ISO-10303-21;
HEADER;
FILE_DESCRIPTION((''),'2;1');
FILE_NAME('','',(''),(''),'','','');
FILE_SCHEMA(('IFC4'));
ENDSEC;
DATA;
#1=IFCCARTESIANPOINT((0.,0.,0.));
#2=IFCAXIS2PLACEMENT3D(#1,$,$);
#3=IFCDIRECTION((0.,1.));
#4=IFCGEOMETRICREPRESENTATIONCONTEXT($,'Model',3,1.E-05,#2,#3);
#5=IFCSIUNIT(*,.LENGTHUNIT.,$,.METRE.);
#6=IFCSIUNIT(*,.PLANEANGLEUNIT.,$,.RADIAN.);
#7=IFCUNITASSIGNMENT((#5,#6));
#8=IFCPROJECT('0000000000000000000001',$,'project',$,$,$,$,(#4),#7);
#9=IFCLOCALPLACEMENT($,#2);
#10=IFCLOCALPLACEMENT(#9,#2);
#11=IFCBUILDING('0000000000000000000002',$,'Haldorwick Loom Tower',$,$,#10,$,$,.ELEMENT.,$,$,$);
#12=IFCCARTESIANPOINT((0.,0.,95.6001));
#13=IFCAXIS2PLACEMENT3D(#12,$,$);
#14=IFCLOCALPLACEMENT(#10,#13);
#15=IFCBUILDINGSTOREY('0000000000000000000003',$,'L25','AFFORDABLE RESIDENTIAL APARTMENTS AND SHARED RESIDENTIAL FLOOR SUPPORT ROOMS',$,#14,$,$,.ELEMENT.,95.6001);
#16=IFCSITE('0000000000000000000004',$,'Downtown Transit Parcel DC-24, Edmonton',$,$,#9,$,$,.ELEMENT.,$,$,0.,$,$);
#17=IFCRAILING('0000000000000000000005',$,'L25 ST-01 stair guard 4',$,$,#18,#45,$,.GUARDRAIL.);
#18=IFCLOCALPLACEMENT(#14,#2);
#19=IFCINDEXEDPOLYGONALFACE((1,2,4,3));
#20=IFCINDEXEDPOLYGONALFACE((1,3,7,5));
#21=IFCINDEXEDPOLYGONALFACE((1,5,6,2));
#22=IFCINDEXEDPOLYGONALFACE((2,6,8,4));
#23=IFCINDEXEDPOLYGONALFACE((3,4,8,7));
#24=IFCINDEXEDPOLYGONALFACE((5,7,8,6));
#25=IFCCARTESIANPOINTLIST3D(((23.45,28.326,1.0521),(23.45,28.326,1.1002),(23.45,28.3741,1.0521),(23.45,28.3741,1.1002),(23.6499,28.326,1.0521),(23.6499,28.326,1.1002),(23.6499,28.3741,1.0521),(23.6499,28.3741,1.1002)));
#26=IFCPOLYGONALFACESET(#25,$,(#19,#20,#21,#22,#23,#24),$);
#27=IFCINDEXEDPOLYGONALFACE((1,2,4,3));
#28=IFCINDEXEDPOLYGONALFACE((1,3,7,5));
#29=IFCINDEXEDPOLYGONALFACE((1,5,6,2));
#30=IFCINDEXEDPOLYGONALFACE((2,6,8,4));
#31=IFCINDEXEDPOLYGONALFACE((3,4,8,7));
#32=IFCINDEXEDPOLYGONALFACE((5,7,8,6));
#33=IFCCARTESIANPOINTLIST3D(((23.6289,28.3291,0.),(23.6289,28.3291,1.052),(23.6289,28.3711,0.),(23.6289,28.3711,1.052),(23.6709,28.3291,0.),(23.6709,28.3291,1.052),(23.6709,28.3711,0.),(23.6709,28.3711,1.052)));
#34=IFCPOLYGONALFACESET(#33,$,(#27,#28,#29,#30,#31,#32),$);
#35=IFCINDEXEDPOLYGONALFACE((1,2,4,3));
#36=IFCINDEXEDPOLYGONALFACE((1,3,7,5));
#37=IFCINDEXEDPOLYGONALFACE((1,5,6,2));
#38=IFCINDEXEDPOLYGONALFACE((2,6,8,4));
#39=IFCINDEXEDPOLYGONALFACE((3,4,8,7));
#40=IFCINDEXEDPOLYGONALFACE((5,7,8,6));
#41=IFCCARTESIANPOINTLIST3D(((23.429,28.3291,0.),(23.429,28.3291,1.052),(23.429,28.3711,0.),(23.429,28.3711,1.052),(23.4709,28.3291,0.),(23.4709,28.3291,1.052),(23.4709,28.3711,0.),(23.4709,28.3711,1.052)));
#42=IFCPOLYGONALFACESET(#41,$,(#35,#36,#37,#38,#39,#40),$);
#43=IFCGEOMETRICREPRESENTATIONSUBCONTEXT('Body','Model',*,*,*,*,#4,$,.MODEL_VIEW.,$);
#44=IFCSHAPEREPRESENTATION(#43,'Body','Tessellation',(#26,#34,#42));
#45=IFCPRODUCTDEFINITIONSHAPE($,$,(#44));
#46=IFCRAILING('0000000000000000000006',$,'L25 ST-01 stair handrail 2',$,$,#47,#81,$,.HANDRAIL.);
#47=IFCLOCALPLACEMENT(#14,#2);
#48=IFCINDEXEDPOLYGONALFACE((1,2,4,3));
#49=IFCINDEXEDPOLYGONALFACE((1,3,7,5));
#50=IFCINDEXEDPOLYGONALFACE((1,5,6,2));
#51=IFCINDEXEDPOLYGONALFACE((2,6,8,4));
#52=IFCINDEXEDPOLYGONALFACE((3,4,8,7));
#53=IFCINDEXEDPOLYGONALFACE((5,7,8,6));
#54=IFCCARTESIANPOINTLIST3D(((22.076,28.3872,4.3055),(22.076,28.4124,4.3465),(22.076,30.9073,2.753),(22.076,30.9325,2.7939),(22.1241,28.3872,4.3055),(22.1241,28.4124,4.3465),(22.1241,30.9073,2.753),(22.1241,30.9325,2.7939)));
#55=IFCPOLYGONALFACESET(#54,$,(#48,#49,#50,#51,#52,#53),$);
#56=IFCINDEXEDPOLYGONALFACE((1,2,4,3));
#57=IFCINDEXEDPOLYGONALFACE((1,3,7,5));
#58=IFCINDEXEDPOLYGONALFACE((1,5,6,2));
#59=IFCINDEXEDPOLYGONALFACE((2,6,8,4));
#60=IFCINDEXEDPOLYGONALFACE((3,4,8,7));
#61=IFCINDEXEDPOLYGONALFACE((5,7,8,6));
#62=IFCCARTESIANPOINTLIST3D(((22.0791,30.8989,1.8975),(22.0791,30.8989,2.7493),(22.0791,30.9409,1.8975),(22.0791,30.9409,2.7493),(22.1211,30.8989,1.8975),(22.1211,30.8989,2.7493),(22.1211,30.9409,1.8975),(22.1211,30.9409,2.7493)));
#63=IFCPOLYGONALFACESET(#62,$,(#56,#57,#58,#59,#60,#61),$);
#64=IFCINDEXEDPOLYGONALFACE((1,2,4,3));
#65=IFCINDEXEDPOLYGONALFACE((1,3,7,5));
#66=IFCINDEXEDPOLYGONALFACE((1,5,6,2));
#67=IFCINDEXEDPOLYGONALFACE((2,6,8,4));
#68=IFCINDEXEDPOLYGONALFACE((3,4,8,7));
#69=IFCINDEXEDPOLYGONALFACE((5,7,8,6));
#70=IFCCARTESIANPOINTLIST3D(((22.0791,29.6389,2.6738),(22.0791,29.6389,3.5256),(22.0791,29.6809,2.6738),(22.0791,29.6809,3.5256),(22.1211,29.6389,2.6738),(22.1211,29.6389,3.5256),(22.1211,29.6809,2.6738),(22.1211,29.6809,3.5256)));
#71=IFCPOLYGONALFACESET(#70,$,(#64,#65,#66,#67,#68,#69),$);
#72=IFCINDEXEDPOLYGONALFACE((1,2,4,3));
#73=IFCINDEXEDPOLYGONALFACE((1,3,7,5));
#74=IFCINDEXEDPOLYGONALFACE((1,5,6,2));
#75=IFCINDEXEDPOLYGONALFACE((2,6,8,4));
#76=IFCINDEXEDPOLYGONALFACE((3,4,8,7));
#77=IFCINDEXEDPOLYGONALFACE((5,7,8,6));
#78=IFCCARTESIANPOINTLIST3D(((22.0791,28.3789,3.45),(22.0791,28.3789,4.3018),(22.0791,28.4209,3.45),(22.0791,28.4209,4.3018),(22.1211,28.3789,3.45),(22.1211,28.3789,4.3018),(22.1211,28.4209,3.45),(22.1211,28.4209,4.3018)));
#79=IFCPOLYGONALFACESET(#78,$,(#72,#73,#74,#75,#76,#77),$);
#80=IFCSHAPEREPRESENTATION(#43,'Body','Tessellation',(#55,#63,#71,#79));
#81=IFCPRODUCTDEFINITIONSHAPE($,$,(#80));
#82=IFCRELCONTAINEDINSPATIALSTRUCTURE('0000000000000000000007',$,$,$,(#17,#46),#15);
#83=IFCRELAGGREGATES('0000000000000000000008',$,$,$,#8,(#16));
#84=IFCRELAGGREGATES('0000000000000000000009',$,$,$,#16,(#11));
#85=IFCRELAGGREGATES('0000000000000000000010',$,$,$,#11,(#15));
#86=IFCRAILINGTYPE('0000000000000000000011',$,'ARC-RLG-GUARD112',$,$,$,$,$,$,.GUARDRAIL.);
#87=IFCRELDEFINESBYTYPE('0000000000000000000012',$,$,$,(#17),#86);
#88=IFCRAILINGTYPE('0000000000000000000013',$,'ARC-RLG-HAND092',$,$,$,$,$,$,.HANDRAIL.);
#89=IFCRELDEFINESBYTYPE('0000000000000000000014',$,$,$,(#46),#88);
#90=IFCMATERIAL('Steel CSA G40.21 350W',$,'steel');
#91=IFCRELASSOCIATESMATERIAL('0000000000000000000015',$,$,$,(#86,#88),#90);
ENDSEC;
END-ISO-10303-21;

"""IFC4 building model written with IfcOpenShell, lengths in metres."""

from ifc_helpers import new_model, si_unit, direction, frame, origin, origin_2d, place, context, subcontext, project, spatial, rectangle, extrude, material, type_object, element, save


model = new_model("IFC4")

# Units and contexts
model_context = context("Model", 3, precision=1e-05, world=origin(), true_north=direction((0.0, 1.0)))
body_context = subcontext(model_context, "Body", "Model", "MODEL_VIEW")
ifc_project = project(units=[si_unit("LENGTHUNIT", "METRE"), si_unit("PLANEANGLEUNIT", "RADIAN")], contexts=[model_context])

# Site, building, storey
site_placement = place(None, origin())
site = spatial("IfcSite", under=ifc_project, at=site_placement, Name="Downtown Transit Parcel DC-24, Edmonton", CompositionType="ELEMENT", RefElevation=0.0)
building_placement = place(site_placement, origin())
building = spatial("IfcBuilding", under=site, at=building_placement, Name="Haldorwick Loom Tower", CompositionType="ELEMENT")
storey_placement = place(building_placement, frame((0.0, 0.0, 95.6001)))
storey = spatial("IfcBuildingStorey", under=building, at=storey_placement, Name="L25", Description="AFFORDABLE RESIDENTIAL APARTMENTS AND SHARED RESIDENTIAL FLOOR SUPPORT ROOMS", CompositionType="ELEMENT", Elevation=95.6001)

# Shared definitions
ifc_material_1 = material(Name="Steel CSA G40.21 350W", Category="steel")

# Railings
railing_type_1 = type_object("IfcRailingType", Name="ARC-RLG-GUARD112", PredefinedType="GUARDRAIL", material=ifc_material_1)
railing_1_placement = place(storey_placement, frame((23.6499, 28.3501, 0.0)))
element("IfcRailing", 1, at=railing_1_placement, inside=storey, type_object=railing_type_1, Name="L25 ST-01 stair guard 4", PredefinedType="GUARDRAIL", context=body_context, shape_type="SweptSolid", body=[
    extrude(rectangle(XDim=0.0481, YDim=0.0481, at=origin_2d()), frame((0.0, 0.0, 1.0762), z_axis=(-1.0, 0.0, 0.0), x_axis=(0.0, -1.0, 0.0)), (0.0, 0.0, 1.0), 0.2),
    extrude(rectangle(XDim=0.042, YDim=0.042, at=origin_2d()), origin(), (0.0, 0.0, 1.0), 1.052),
    extrude(rectangle(XDim=0.042, YDim=0.042, at=origin_2d()), frame((-0.2, 0.0, 0.0)), (0.0, 0.0, 1.0), 1.052),
])
railing_type_2 = type_object("IfcRailingType", Name="ARC-RLG-HAND092", PredefinedType="HANDRAIL", material=ifc_material_1)
railing_2_placement = place(storey_placement, frame((22.1001, 30.9199, 1.8975)))
element("IfcRailing", 2, at=railing_2_placement, inside=storey, type_object=railing_type_2, Name="L25 ST-01 stair handrail 2", PredefinedType="HANDRAIL", context=body_context, shape_type="SweptSolid", body=[
    extrude(rectangle(XDim=0.0481, YDim=0.0481, at=origin_2d()), frame((0.0, 0.0, 0.876), z_axis=(0.0, -0.8514, 0.524516), x_axis=(1.0, 0.0, 0.0)), (0.0, 0.0, 1.0), 2.96),
    extrude(rectangle(XDim=0.042, YDim=0.042, at=origin_2d()), origin(), (0.0, 0.0, 1.0), 0.8518),
    extrude(rectangle(XDim=0.042, YDim=0.042, at=origin_2d()), frame((0.0, -1.26, 0.7764)), (0.0, 0.0, 1.0), 0.8518),
    extrude(rectangle(XDim=0.042, YDim=0.042, at=origin_2d()), frame((0.0, -2.52, 1.5525)), (0.0, 0.0, 1.0), 0.8518),
])

save(model, "model.ifc")
